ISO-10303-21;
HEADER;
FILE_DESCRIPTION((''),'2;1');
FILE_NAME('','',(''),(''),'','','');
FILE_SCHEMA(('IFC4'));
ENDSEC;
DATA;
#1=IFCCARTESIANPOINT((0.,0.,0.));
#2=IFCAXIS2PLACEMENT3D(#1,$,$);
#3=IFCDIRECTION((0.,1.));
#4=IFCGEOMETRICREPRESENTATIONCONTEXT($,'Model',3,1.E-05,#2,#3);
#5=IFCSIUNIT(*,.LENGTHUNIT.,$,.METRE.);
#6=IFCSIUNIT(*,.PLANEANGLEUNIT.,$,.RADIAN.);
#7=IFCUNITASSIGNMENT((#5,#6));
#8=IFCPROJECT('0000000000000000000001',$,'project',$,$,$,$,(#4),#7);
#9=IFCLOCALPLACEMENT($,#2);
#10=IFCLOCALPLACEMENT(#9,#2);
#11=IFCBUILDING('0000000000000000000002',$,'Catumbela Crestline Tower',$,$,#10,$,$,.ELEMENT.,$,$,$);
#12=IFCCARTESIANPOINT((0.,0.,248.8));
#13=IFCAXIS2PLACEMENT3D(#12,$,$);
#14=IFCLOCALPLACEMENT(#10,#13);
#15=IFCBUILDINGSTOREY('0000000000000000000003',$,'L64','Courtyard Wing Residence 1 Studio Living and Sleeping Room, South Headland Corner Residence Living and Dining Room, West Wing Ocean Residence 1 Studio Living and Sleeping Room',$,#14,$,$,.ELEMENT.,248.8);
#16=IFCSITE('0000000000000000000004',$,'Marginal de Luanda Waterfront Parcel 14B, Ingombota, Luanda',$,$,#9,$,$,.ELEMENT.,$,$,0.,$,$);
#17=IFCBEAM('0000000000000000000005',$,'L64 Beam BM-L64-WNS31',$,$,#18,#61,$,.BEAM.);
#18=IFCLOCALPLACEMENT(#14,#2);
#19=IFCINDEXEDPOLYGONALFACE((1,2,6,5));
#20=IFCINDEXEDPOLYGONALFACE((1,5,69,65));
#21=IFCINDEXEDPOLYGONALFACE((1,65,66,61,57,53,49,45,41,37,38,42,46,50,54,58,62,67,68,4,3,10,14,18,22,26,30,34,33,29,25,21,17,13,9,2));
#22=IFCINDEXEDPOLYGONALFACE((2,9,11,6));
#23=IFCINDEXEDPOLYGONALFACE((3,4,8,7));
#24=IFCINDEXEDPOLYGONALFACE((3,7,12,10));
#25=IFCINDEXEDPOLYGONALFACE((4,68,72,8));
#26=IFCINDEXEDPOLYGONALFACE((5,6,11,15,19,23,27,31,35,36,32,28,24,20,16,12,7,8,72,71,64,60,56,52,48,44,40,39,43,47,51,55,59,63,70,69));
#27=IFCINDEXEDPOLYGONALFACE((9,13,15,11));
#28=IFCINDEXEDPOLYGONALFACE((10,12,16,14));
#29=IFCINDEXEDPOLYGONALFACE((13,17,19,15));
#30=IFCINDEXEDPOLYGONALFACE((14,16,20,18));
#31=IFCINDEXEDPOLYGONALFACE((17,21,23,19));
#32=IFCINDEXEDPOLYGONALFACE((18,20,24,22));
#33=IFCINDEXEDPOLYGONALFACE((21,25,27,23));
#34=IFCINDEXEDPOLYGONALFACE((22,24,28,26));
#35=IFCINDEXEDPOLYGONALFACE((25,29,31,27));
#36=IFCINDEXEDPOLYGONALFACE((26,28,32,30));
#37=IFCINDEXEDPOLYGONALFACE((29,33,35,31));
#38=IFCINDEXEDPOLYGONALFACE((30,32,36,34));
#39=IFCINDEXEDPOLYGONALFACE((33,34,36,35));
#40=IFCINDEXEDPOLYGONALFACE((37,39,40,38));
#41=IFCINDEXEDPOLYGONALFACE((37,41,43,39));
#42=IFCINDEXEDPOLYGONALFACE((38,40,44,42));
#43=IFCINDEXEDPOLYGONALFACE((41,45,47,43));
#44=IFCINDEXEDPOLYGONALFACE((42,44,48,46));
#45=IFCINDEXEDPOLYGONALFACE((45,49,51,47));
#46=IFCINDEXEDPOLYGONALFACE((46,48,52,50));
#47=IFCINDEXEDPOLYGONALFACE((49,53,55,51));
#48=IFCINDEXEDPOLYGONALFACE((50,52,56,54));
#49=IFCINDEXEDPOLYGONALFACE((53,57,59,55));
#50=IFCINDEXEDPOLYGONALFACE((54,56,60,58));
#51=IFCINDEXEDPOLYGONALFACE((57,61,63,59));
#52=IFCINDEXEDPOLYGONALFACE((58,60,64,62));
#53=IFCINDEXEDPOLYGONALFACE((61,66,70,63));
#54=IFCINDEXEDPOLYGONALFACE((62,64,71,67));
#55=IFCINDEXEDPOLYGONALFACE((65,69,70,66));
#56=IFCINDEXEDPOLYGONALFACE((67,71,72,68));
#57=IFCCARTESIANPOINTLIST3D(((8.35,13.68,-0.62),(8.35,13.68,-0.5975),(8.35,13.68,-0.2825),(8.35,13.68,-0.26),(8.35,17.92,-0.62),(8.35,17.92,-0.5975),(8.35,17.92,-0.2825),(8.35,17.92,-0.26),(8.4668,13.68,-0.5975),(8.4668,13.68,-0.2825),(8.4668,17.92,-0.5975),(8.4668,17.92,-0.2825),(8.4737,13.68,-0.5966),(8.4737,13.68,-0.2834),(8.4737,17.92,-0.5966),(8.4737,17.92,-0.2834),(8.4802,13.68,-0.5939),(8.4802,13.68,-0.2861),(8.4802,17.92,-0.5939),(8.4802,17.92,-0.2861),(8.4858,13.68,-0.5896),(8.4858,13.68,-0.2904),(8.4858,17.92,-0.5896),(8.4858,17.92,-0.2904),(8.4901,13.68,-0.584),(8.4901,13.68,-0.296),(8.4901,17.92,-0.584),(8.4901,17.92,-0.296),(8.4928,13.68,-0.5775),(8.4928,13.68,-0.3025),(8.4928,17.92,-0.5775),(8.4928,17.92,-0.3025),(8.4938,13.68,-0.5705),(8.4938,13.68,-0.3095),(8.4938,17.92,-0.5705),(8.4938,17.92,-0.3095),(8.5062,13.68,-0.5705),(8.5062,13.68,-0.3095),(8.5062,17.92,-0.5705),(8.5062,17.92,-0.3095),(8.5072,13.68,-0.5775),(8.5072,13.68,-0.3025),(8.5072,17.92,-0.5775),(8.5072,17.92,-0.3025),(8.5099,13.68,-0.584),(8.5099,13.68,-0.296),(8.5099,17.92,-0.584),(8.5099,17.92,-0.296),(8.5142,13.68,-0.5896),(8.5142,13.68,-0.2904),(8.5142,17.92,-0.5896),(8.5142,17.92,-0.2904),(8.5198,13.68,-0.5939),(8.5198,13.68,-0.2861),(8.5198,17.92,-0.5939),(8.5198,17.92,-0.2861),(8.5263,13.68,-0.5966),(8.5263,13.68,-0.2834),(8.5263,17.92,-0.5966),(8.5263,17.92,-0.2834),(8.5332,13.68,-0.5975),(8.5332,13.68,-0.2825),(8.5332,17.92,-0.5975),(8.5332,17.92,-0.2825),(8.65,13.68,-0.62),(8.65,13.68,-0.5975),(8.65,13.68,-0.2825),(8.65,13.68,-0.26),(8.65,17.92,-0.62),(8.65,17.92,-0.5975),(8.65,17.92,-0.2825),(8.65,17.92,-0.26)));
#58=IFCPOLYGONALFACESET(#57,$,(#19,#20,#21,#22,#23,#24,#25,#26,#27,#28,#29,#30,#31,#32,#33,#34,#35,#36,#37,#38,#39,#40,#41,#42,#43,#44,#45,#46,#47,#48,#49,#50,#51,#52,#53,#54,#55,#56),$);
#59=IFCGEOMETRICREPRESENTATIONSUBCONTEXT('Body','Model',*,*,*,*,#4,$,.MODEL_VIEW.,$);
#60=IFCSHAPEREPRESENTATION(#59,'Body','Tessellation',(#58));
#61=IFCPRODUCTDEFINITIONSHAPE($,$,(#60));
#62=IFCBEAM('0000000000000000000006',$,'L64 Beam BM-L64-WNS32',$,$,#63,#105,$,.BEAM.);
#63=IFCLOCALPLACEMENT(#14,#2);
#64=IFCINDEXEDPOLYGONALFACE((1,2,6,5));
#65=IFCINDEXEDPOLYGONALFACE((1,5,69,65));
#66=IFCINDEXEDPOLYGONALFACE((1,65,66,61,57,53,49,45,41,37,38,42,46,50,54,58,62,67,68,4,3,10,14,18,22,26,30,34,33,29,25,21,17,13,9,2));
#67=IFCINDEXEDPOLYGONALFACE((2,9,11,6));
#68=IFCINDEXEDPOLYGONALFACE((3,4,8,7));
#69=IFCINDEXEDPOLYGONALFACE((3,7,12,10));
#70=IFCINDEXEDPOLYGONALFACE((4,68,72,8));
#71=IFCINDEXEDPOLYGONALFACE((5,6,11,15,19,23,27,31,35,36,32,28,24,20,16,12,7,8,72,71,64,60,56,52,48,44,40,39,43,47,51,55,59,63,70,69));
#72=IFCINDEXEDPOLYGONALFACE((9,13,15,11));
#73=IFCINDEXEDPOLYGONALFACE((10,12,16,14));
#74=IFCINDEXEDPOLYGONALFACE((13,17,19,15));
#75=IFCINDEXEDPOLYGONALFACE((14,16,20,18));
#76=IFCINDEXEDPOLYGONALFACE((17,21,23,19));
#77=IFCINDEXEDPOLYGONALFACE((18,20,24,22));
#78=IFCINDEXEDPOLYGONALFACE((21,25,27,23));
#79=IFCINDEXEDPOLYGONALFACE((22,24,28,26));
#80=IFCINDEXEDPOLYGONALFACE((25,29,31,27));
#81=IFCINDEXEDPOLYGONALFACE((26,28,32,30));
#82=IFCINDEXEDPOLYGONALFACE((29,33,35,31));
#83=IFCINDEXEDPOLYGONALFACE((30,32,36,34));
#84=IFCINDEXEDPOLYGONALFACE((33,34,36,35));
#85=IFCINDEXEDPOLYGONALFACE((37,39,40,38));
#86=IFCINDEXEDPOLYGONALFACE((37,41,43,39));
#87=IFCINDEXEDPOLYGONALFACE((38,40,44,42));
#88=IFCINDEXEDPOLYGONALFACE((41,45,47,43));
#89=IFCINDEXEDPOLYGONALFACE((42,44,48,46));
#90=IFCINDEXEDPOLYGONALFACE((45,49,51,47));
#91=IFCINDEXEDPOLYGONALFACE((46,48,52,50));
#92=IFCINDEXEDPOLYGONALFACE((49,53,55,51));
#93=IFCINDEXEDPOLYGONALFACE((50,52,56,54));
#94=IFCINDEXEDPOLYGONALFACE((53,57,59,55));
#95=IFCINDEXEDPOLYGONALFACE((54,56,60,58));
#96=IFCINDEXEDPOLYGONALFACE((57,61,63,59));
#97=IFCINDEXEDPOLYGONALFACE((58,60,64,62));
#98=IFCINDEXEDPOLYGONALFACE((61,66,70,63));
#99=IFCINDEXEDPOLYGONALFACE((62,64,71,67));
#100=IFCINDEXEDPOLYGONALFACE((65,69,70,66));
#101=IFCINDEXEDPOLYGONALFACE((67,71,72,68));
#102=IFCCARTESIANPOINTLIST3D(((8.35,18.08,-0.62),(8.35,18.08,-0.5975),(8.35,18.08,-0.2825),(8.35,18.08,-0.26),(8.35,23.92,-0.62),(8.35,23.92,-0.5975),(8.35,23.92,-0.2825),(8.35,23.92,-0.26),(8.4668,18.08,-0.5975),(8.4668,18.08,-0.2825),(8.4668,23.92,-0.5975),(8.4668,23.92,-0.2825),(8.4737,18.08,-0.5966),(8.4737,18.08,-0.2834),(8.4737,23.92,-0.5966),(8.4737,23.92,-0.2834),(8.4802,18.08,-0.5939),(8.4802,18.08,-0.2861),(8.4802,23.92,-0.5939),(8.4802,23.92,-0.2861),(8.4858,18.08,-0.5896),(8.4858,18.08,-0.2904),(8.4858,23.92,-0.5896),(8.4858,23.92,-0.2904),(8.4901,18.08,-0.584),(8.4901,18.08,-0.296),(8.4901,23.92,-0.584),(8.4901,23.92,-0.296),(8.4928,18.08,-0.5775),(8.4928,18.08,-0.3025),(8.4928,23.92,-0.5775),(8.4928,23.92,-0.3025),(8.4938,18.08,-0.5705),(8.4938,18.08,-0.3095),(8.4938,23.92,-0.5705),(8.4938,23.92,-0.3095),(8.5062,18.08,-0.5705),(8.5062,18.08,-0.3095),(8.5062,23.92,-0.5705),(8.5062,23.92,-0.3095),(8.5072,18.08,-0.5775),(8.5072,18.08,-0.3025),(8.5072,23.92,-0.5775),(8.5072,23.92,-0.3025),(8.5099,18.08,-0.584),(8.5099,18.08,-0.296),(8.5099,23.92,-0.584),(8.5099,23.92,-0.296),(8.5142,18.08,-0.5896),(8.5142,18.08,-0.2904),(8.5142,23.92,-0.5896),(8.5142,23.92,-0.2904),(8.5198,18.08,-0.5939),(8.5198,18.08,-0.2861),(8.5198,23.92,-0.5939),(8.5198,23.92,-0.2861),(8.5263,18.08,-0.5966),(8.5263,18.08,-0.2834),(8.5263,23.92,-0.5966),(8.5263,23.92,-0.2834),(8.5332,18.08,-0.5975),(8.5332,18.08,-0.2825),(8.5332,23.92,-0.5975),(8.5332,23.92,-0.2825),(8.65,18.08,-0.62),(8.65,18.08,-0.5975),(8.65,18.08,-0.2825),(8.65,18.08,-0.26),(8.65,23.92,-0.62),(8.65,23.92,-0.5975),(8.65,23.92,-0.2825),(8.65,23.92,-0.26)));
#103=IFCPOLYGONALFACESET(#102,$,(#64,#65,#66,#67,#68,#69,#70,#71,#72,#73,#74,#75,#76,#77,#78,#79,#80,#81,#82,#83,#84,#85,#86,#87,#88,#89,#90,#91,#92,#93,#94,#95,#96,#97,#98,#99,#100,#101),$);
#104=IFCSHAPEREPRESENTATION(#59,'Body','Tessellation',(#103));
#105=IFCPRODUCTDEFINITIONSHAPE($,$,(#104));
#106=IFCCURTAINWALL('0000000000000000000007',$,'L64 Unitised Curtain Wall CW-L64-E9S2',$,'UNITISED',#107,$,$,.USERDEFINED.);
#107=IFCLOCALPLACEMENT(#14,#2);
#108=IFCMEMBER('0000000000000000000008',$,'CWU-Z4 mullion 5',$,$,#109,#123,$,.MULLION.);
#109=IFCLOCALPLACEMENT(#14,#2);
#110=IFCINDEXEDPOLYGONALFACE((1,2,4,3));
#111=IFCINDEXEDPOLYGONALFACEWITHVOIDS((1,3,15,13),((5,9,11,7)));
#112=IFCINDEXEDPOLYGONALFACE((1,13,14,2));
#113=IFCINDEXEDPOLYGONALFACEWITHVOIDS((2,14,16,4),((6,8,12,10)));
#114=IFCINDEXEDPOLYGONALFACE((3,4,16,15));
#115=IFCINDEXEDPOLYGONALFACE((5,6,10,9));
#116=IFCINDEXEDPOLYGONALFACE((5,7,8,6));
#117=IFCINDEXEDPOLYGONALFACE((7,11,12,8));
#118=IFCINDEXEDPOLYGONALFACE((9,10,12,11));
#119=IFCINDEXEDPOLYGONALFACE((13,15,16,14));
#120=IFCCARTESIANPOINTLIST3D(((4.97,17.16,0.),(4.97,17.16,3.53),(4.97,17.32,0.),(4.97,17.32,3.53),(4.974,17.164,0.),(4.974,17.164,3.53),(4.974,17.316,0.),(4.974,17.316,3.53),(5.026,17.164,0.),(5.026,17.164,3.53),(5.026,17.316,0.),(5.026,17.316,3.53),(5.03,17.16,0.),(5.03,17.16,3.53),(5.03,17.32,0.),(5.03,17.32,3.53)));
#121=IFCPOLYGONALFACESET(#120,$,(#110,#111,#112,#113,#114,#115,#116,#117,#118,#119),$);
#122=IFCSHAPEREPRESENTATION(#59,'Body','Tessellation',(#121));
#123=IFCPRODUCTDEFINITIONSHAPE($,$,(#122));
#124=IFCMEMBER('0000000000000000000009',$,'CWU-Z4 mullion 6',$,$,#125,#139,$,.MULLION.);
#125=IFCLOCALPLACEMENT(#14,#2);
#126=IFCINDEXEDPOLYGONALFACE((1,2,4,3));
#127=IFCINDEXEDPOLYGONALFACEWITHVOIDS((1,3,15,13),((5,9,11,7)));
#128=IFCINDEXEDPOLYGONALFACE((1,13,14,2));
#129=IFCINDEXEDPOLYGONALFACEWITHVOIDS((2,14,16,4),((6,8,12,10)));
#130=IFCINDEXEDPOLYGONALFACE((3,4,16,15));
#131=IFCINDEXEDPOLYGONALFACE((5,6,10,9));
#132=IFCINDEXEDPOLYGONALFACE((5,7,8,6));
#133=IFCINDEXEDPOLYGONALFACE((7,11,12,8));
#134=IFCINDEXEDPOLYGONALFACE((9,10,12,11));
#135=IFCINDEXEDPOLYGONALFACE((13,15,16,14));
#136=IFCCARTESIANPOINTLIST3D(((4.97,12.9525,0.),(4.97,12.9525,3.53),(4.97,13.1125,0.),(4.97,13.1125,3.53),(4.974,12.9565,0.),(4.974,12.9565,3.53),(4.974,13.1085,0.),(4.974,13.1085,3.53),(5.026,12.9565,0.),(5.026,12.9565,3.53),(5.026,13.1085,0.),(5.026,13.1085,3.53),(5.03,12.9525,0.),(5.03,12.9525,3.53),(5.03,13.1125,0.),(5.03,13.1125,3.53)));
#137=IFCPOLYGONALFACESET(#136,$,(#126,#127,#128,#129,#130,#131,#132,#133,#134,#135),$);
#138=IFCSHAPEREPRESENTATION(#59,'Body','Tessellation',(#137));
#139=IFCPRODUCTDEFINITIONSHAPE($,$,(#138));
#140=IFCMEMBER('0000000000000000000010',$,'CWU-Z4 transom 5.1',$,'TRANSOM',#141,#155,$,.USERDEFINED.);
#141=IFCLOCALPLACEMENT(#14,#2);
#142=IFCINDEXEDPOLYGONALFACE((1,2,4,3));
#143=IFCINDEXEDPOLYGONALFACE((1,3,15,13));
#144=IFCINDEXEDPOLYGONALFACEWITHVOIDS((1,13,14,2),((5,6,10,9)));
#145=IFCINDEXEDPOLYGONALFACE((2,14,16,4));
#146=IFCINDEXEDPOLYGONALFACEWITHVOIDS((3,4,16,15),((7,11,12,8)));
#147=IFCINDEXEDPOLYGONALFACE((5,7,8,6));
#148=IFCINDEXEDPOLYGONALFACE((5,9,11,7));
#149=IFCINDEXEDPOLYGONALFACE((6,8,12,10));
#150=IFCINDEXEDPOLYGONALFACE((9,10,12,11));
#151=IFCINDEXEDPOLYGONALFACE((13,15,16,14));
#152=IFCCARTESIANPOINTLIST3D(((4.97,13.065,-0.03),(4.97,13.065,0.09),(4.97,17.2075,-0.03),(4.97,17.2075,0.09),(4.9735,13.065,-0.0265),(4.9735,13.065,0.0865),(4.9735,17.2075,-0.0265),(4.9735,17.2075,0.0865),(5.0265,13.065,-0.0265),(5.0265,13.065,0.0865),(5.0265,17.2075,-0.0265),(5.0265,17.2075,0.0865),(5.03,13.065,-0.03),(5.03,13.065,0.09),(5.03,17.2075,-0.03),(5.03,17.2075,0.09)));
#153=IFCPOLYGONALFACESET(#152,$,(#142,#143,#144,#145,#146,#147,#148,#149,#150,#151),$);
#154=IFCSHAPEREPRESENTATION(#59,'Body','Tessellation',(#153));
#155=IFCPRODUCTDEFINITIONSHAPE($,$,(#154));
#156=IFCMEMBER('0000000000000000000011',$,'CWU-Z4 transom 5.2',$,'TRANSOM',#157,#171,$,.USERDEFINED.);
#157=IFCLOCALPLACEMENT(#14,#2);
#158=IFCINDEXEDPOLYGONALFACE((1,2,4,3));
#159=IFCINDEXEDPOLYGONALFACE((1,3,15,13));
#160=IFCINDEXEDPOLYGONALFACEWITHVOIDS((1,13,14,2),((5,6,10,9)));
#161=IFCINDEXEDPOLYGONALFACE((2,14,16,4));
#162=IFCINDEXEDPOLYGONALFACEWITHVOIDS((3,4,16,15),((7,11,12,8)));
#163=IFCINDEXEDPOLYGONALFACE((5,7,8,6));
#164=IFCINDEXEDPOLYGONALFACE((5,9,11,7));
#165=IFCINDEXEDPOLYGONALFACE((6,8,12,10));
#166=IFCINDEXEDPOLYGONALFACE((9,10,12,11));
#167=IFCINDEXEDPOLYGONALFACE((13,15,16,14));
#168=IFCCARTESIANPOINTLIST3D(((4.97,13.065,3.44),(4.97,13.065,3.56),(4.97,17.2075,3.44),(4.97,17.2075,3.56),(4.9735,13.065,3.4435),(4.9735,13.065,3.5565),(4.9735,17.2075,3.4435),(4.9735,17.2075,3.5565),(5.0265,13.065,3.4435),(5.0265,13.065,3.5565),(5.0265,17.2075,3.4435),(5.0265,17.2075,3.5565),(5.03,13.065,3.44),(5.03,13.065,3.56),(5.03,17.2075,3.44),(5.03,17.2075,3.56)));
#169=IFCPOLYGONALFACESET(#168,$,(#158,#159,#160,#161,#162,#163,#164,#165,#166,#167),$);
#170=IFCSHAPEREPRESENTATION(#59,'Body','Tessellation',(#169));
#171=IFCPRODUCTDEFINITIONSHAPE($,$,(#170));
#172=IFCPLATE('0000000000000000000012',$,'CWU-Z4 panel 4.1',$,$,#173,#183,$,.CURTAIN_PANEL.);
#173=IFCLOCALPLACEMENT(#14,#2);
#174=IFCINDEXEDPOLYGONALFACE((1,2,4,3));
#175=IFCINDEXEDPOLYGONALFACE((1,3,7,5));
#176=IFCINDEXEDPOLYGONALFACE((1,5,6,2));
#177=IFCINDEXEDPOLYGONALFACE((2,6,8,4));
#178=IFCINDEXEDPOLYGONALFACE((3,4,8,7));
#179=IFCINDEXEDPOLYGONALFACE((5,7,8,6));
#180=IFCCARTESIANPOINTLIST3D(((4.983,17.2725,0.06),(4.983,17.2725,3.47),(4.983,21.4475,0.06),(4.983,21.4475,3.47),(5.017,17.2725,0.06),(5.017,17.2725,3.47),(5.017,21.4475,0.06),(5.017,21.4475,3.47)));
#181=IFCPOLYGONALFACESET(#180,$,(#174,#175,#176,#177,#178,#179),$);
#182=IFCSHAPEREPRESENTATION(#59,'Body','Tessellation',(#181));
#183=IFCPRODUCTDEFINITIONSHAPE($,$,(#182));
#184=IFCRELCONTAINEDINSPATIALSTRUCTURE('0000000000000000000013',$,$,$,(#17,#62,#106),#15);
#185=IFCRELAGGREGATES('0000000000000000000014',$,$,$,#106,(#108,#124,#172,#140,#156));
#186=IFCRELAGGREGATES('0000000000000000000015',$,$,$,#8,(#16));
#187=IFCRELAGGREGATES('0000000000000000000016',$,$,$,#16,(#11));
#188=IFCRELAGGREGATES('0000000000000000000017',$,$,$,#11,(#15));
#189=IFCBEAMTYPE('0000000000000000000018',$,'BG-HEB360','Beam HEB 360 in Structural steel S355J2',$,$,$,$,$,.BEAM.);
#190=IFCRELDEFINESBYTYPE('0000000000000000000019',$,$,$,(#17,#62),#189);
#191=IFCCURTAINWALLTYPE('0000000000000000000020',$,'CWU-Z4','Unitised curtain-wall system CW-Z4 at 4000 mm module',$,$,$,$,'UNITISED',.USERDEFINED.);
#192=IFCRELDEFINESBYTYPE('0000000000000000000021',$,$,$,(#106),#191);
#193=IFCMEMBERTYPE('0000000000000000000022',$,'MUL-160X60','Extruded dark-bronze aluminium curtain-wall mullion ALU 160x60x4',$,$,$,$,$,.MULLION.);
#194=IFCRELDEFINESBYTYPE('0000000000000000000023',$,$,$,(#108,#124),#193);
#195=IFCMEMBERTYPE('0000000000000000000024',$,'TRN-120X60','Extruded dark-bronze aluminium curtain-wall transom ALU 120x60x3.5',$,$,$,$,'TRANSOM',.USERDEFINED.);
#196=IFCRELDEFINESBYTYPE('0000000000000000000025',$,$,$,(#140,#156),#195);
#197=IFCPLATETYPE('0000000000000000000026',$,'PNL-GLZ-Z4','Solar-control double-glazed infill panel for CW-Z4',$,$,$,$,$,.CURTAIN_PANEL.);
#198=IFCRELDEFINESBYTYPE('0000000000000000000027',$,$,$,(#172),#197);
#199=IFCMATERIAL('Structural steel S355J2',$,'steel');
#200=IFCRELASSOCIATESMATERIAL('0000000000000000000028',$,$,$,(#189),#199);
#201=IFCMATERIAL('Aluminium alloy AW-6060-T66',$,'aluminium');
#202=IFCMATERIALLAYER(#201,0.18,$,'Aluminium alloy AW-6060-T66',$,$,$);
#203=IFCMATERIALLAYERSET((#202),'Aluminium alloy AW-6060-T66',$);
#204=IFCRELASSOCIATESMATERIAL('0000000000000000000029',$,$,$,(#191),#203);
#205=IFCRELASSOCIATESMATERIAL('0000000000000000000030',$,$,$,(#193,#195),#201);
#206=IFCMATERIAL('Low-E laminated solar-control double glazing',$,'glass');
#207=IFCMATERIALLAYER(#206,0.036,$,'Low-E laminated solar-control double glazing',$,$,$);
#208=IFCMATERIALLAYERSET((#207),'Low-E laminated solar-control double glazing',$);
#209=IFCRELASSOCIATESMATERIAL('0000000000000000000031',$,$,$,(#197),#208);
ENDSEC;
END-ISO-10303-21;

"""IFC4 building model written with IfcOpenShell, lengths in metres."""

from ifc_helpers import new_model, si_unit, direction, frame, origin, origin_2d, place, context, subcontext, project, spatial, rectangle, hollow_rectangle, i_section, extrude, material, layer, layer_set, material_profile, profile_set, type_object, element, aggregate, save


model = new_model("IFC4")

# Units and contexts
model_context = context("Model", 3, precision=1e-05, world=origin(), true_north=direction((0.0, 1.0)))
body_context = subcontext(model_context, "Body", "Model", "MODEL_VIEW")
ifc_project = project(units=[si_unit("LENGTHUNIT", "METRE"), si_unit("PLANEANGLEUNIT", "RADIAN")], contexts=[model_context])

# Site, building, storey
site_placement = place(None, origin())
site = spatial("IfcSite", under=ifc_project, at=site_placement, Name="Marginal de Luanda Waterfront Parcel 14B, Ingombota, Luanda", CompositionType="ELEMENT", RefElevation=0.0)
building_placement = place(site_placement, origin())
building = spatial("IfcBuilding", under=site, at=building_placement, Name="Catumbela Crestline Tower", CompositionType="ELEMENT")
storey_placement = place(building_placement, frame((0.0, 0.0, 248.8)))
storey = spatial("IfcBuildingStorey", under=building, at=storey_placement, Name="L64", Description="Courtyard Wing Residence 1 Studio Living and Sleeping Room, South Headland Corner Residence Living and Dining Room, West Wing Ocean Residence 1 Studio Living and Sleeping Room", CompositionType="ELEMENT", Elevation=248.8)

# Shared definitions
ifc_material_1 = material(Name="Structural steel S355J2", Category="steel")

# Beams
ifc_material_profile_1 = material_profile(ifc_material_1, i_section(OverallWidth=0.3, OverallDepth=0.36, WebThickness=0.0125, FlangeThickness=0.0225, FilletRadius=0.027, at=origin_2d()), Name="HEB 360")
ifc_profile_set_1 = profile_set([ifc_material_profile_1], Name="Structural steel S355J2")
beam_type = type_object("IfcBeamType", Name="BG-HEB360", Description="Beam HEB 360 in Structural steel S355J2", PredefinedType="BEAM", material=ifc_profile_set_1)
beam_1_placement = place(storey_placement, frame((8.5, 13.68, -0.44), z_axis=(0.0, 1.0, 0.0), x_axis=(-1.0, 0.0, 0.0)))
element("IfcBeam", 1, at=beam_1_placement, inside=storey, type_object=beam_type, Name="L64 Beam BM-L64-WNS31", PredefinedType="BEAM", context=body_context, shape_type="SweptSolid", body=[
    extrude(i_section(OverallWidth=0.3, OverallDepth=0.36, WebThickness=0.0125, FlangeThickness=0.0225, FilletRadius=0.027, at=origin_2d()), origin(), (0.0, 0.0, 1.0), 4.24),
])
beam_2_placement = place(storey_placement, frame((8.5, 18.08, -0.44), z_axis=(0.0, 1.0, 0.0), x_axis=(-1.0, 0.0, 0.0)))
element("IfcBeam", 2, at=beam_2_placement, inside=storey, type_object=beam_type, Name="L64 Beam BM-L64-WNS32", PredefinedType="BEAM", context=body_context, shape_type="SweptSolid", body=[
    extrude(i_section(OverallWidth=0.3, OverallDepth=0.36, WebThickness=0.0125, FlangeThickness=0.0225, FilletRadius=0.027, at=origin_2d()), origin(), (0.0, 0.0, 1.0), 5.84),
])

# Curtain wall, members, plate
ifc_material_2 = material(Name="Aluminium alloy AW-6060-T66", Category="aluminium")
ifc_layer_1 = layer(ifc_material_2, 0.18, Name="Aluminium alloy AW-6060-T66")
ifc_layer_set_1 = layer_set([ifc_layer_1], Name="Aluminium alloy AW-6060-T66")
curtain_wall_type = type_object("IfcCurtainWallType", Name="CWU-Z4", Description="Unitised curtain-wall system CW-Z4 at 4000 mm module", ElementType="UNITISED", PredefinedType="USERDEFINED", material=ifc_layer_set_1)
curtain_wall_placement = place(storey_placement, origin())
curtain_wall = element("IfcCurtainWall", 3, at=curtain_wall_placement, inside=storey, type_object=curtain_wall_type, Name="L64 Unitised Curtain Wall CW-L64-E9S2", ObjectType="UNITISED", PredefinedType="USERDEFINED")
ifc_material_profile_2 = material_profile(ifc_material_2, hollow_rectangle(XDim=0.06, YDim=0.16, WallThickness=0.004, at=origin_2d()), Name="ALU 160x60x4")
ifc_profile_set_2 = profile_set([ifc_material_profile_2], Name="Aluminium alloy AW-6060-T66")
member_type_1 = type_object("IfcMemberType", Name="MUL-160X60", Description="Extruded dark-bronze aluminium curtain-wall mullion ALU 160x60x4", PredefinedType="MULLION", material=ifc_profile_set_2)
member_1_placement = place(storey_placement, frame((5.0, 17.24, 0.0), z_axis=(0.0, 0.0, 1.0), x_axis=(1.0, 0.0, 0.0)))
member_1 = element("IfcMember", 4, at=member_1_placement, type_object=member_type_1, Name="CWU-Z4 mullion 5", PredefinedType="MULLION", context=body_context, shape_type="SweptSolid", body=[
    extrude(hollow_rectangle(XDim=0.06, YDim=0.16, WallThickness=0.004, at=origin_2d()), origin(), (0.0, 0.0, 1.0), 3.53),
])
member_2_placement = place(storey_placement, frame((5.0, 13.0325, 0.0), z_axis=(0.0, 0.0, 1.0), x_axis=(1.0, 0.0, 0.0)))
member_2 = element("IfcMember", 5, at=member_2_placement, type_object=member_type_1, Name="CWU-Z4 mullion 6", PredefinedType="MULLION", context=body_context, shape_type="SweptSolid", body=[
    extrude(hollow_rectangle(XDim=0.06, YDim=0.16, WallThickness=0.004, at=origin_2d()), origin(), (0.0, 0.0, 1.0), 3.53),
])
ifc_material_profile_3 = material_profile(ifc_material_2, hollow_rectangle(XDim=0.06, YDim=0.12, WallThickness=0.0035, at=origin_2d()), Name="ALU 120x60x3.5")
ifc_profile_set_3 = profile_set([ifc_material_profile_3], Name="Aluminium alloy AW-6060-T66")
member_type_2 = type_object("IfcMemberType", Name="TRN-120X60", Description="Extruded dark-bronze aluminium curtain-wall transom ALU 120x60x3.5", ElementType="TRANSOM", PredefinedType="USERDEFINED", material=ifc_profile_set_3)
member_3_placement = place(storey_placement, frame((5.0, 17.2075, 0.03), z_axis=(0.0, -1.0, 0.0), x_axis=(1.0, 0.0, 0.0)))
member_3 = element("IfcMember", 6, at=member_3_placement, type_object=member_type_2, Name="CWU-Z4 transom 5.1", ObjectType="TRANSOM", PredefinedType="USERDEFINED", context=body_context, shape_type="SweptSolid", body=[
    extrude(hollow_rectangle(XDim=0.06, YDim=0.12, WallThickness=0.0035, at=origin_2d()), origin(), (0.0, 0.0, 1.0), 4.1425),
])
member_4_placement = place(storey_placement, frame((5.0, 17.2075, 3.5), z_axis=(0.0, -1.0, 0.0), x_axis=(1.0, 0.0, 0.0)))
member_4 = element("IfcMember", 7, at=member_4_placement, type_object=member_type_2, Name="CWU-Z4 transom 5.2", ObjectType="TRANSOM", PredefinedType="USERDEFINED", context=body_context, shape_type="SweptSolid", body=[
    extrude(hollow_rectangle(XDim=0.06, YDim=0.12, WallThickness=0.0035, at=origin_2d()), origin(), (0.0, 0.0, 1.0), 4.1425),
])
ifc_material_3 = material(Name="Low-E laminated solar-control double glazing", Category="glass")
ifc_layer_2 = layer(ifc_material_3, 0.036, Name="Low-E laminated solar-control double glazing")
ifc_layer_set_2 = layer_set([ifc_layer_2], Name="Low-E laminated solar-control double glazing")
plate_type = type_object("IfcPlateType", Name="PNL-GLZ-Z4", Description="Solar-control double-glazed infill panel for CW-Z4", PredefinedType="CURTAIN_PANEL", material=ifc_layer_set_2)
plate_1_placement = place(storey_placement, frame((5.0, 19.36, 0.06), z_axis=(0.0, 0.0, 1.0), x_axis=(0.0, -1.0, 0.0)))
plate_1 = element("IfcPlate", 8, at=plate_1_placement, type_object=plate_type, Name="CWU-Z4 panel 4.1", PredefinedType="CURTAIN_PANEL", context=body_context, shape_type="SweptSolid", body=[
    extrude(rectangle(XDim=4.175, YDim=0.034, at=origin_2d()), origin(), (0.0, 0.0, 1.0), 3.41),
])
aggregate(curtain_wall, [member_1, member_2, plate_1, member_3, member_4])

save(model, "model.ifc")
